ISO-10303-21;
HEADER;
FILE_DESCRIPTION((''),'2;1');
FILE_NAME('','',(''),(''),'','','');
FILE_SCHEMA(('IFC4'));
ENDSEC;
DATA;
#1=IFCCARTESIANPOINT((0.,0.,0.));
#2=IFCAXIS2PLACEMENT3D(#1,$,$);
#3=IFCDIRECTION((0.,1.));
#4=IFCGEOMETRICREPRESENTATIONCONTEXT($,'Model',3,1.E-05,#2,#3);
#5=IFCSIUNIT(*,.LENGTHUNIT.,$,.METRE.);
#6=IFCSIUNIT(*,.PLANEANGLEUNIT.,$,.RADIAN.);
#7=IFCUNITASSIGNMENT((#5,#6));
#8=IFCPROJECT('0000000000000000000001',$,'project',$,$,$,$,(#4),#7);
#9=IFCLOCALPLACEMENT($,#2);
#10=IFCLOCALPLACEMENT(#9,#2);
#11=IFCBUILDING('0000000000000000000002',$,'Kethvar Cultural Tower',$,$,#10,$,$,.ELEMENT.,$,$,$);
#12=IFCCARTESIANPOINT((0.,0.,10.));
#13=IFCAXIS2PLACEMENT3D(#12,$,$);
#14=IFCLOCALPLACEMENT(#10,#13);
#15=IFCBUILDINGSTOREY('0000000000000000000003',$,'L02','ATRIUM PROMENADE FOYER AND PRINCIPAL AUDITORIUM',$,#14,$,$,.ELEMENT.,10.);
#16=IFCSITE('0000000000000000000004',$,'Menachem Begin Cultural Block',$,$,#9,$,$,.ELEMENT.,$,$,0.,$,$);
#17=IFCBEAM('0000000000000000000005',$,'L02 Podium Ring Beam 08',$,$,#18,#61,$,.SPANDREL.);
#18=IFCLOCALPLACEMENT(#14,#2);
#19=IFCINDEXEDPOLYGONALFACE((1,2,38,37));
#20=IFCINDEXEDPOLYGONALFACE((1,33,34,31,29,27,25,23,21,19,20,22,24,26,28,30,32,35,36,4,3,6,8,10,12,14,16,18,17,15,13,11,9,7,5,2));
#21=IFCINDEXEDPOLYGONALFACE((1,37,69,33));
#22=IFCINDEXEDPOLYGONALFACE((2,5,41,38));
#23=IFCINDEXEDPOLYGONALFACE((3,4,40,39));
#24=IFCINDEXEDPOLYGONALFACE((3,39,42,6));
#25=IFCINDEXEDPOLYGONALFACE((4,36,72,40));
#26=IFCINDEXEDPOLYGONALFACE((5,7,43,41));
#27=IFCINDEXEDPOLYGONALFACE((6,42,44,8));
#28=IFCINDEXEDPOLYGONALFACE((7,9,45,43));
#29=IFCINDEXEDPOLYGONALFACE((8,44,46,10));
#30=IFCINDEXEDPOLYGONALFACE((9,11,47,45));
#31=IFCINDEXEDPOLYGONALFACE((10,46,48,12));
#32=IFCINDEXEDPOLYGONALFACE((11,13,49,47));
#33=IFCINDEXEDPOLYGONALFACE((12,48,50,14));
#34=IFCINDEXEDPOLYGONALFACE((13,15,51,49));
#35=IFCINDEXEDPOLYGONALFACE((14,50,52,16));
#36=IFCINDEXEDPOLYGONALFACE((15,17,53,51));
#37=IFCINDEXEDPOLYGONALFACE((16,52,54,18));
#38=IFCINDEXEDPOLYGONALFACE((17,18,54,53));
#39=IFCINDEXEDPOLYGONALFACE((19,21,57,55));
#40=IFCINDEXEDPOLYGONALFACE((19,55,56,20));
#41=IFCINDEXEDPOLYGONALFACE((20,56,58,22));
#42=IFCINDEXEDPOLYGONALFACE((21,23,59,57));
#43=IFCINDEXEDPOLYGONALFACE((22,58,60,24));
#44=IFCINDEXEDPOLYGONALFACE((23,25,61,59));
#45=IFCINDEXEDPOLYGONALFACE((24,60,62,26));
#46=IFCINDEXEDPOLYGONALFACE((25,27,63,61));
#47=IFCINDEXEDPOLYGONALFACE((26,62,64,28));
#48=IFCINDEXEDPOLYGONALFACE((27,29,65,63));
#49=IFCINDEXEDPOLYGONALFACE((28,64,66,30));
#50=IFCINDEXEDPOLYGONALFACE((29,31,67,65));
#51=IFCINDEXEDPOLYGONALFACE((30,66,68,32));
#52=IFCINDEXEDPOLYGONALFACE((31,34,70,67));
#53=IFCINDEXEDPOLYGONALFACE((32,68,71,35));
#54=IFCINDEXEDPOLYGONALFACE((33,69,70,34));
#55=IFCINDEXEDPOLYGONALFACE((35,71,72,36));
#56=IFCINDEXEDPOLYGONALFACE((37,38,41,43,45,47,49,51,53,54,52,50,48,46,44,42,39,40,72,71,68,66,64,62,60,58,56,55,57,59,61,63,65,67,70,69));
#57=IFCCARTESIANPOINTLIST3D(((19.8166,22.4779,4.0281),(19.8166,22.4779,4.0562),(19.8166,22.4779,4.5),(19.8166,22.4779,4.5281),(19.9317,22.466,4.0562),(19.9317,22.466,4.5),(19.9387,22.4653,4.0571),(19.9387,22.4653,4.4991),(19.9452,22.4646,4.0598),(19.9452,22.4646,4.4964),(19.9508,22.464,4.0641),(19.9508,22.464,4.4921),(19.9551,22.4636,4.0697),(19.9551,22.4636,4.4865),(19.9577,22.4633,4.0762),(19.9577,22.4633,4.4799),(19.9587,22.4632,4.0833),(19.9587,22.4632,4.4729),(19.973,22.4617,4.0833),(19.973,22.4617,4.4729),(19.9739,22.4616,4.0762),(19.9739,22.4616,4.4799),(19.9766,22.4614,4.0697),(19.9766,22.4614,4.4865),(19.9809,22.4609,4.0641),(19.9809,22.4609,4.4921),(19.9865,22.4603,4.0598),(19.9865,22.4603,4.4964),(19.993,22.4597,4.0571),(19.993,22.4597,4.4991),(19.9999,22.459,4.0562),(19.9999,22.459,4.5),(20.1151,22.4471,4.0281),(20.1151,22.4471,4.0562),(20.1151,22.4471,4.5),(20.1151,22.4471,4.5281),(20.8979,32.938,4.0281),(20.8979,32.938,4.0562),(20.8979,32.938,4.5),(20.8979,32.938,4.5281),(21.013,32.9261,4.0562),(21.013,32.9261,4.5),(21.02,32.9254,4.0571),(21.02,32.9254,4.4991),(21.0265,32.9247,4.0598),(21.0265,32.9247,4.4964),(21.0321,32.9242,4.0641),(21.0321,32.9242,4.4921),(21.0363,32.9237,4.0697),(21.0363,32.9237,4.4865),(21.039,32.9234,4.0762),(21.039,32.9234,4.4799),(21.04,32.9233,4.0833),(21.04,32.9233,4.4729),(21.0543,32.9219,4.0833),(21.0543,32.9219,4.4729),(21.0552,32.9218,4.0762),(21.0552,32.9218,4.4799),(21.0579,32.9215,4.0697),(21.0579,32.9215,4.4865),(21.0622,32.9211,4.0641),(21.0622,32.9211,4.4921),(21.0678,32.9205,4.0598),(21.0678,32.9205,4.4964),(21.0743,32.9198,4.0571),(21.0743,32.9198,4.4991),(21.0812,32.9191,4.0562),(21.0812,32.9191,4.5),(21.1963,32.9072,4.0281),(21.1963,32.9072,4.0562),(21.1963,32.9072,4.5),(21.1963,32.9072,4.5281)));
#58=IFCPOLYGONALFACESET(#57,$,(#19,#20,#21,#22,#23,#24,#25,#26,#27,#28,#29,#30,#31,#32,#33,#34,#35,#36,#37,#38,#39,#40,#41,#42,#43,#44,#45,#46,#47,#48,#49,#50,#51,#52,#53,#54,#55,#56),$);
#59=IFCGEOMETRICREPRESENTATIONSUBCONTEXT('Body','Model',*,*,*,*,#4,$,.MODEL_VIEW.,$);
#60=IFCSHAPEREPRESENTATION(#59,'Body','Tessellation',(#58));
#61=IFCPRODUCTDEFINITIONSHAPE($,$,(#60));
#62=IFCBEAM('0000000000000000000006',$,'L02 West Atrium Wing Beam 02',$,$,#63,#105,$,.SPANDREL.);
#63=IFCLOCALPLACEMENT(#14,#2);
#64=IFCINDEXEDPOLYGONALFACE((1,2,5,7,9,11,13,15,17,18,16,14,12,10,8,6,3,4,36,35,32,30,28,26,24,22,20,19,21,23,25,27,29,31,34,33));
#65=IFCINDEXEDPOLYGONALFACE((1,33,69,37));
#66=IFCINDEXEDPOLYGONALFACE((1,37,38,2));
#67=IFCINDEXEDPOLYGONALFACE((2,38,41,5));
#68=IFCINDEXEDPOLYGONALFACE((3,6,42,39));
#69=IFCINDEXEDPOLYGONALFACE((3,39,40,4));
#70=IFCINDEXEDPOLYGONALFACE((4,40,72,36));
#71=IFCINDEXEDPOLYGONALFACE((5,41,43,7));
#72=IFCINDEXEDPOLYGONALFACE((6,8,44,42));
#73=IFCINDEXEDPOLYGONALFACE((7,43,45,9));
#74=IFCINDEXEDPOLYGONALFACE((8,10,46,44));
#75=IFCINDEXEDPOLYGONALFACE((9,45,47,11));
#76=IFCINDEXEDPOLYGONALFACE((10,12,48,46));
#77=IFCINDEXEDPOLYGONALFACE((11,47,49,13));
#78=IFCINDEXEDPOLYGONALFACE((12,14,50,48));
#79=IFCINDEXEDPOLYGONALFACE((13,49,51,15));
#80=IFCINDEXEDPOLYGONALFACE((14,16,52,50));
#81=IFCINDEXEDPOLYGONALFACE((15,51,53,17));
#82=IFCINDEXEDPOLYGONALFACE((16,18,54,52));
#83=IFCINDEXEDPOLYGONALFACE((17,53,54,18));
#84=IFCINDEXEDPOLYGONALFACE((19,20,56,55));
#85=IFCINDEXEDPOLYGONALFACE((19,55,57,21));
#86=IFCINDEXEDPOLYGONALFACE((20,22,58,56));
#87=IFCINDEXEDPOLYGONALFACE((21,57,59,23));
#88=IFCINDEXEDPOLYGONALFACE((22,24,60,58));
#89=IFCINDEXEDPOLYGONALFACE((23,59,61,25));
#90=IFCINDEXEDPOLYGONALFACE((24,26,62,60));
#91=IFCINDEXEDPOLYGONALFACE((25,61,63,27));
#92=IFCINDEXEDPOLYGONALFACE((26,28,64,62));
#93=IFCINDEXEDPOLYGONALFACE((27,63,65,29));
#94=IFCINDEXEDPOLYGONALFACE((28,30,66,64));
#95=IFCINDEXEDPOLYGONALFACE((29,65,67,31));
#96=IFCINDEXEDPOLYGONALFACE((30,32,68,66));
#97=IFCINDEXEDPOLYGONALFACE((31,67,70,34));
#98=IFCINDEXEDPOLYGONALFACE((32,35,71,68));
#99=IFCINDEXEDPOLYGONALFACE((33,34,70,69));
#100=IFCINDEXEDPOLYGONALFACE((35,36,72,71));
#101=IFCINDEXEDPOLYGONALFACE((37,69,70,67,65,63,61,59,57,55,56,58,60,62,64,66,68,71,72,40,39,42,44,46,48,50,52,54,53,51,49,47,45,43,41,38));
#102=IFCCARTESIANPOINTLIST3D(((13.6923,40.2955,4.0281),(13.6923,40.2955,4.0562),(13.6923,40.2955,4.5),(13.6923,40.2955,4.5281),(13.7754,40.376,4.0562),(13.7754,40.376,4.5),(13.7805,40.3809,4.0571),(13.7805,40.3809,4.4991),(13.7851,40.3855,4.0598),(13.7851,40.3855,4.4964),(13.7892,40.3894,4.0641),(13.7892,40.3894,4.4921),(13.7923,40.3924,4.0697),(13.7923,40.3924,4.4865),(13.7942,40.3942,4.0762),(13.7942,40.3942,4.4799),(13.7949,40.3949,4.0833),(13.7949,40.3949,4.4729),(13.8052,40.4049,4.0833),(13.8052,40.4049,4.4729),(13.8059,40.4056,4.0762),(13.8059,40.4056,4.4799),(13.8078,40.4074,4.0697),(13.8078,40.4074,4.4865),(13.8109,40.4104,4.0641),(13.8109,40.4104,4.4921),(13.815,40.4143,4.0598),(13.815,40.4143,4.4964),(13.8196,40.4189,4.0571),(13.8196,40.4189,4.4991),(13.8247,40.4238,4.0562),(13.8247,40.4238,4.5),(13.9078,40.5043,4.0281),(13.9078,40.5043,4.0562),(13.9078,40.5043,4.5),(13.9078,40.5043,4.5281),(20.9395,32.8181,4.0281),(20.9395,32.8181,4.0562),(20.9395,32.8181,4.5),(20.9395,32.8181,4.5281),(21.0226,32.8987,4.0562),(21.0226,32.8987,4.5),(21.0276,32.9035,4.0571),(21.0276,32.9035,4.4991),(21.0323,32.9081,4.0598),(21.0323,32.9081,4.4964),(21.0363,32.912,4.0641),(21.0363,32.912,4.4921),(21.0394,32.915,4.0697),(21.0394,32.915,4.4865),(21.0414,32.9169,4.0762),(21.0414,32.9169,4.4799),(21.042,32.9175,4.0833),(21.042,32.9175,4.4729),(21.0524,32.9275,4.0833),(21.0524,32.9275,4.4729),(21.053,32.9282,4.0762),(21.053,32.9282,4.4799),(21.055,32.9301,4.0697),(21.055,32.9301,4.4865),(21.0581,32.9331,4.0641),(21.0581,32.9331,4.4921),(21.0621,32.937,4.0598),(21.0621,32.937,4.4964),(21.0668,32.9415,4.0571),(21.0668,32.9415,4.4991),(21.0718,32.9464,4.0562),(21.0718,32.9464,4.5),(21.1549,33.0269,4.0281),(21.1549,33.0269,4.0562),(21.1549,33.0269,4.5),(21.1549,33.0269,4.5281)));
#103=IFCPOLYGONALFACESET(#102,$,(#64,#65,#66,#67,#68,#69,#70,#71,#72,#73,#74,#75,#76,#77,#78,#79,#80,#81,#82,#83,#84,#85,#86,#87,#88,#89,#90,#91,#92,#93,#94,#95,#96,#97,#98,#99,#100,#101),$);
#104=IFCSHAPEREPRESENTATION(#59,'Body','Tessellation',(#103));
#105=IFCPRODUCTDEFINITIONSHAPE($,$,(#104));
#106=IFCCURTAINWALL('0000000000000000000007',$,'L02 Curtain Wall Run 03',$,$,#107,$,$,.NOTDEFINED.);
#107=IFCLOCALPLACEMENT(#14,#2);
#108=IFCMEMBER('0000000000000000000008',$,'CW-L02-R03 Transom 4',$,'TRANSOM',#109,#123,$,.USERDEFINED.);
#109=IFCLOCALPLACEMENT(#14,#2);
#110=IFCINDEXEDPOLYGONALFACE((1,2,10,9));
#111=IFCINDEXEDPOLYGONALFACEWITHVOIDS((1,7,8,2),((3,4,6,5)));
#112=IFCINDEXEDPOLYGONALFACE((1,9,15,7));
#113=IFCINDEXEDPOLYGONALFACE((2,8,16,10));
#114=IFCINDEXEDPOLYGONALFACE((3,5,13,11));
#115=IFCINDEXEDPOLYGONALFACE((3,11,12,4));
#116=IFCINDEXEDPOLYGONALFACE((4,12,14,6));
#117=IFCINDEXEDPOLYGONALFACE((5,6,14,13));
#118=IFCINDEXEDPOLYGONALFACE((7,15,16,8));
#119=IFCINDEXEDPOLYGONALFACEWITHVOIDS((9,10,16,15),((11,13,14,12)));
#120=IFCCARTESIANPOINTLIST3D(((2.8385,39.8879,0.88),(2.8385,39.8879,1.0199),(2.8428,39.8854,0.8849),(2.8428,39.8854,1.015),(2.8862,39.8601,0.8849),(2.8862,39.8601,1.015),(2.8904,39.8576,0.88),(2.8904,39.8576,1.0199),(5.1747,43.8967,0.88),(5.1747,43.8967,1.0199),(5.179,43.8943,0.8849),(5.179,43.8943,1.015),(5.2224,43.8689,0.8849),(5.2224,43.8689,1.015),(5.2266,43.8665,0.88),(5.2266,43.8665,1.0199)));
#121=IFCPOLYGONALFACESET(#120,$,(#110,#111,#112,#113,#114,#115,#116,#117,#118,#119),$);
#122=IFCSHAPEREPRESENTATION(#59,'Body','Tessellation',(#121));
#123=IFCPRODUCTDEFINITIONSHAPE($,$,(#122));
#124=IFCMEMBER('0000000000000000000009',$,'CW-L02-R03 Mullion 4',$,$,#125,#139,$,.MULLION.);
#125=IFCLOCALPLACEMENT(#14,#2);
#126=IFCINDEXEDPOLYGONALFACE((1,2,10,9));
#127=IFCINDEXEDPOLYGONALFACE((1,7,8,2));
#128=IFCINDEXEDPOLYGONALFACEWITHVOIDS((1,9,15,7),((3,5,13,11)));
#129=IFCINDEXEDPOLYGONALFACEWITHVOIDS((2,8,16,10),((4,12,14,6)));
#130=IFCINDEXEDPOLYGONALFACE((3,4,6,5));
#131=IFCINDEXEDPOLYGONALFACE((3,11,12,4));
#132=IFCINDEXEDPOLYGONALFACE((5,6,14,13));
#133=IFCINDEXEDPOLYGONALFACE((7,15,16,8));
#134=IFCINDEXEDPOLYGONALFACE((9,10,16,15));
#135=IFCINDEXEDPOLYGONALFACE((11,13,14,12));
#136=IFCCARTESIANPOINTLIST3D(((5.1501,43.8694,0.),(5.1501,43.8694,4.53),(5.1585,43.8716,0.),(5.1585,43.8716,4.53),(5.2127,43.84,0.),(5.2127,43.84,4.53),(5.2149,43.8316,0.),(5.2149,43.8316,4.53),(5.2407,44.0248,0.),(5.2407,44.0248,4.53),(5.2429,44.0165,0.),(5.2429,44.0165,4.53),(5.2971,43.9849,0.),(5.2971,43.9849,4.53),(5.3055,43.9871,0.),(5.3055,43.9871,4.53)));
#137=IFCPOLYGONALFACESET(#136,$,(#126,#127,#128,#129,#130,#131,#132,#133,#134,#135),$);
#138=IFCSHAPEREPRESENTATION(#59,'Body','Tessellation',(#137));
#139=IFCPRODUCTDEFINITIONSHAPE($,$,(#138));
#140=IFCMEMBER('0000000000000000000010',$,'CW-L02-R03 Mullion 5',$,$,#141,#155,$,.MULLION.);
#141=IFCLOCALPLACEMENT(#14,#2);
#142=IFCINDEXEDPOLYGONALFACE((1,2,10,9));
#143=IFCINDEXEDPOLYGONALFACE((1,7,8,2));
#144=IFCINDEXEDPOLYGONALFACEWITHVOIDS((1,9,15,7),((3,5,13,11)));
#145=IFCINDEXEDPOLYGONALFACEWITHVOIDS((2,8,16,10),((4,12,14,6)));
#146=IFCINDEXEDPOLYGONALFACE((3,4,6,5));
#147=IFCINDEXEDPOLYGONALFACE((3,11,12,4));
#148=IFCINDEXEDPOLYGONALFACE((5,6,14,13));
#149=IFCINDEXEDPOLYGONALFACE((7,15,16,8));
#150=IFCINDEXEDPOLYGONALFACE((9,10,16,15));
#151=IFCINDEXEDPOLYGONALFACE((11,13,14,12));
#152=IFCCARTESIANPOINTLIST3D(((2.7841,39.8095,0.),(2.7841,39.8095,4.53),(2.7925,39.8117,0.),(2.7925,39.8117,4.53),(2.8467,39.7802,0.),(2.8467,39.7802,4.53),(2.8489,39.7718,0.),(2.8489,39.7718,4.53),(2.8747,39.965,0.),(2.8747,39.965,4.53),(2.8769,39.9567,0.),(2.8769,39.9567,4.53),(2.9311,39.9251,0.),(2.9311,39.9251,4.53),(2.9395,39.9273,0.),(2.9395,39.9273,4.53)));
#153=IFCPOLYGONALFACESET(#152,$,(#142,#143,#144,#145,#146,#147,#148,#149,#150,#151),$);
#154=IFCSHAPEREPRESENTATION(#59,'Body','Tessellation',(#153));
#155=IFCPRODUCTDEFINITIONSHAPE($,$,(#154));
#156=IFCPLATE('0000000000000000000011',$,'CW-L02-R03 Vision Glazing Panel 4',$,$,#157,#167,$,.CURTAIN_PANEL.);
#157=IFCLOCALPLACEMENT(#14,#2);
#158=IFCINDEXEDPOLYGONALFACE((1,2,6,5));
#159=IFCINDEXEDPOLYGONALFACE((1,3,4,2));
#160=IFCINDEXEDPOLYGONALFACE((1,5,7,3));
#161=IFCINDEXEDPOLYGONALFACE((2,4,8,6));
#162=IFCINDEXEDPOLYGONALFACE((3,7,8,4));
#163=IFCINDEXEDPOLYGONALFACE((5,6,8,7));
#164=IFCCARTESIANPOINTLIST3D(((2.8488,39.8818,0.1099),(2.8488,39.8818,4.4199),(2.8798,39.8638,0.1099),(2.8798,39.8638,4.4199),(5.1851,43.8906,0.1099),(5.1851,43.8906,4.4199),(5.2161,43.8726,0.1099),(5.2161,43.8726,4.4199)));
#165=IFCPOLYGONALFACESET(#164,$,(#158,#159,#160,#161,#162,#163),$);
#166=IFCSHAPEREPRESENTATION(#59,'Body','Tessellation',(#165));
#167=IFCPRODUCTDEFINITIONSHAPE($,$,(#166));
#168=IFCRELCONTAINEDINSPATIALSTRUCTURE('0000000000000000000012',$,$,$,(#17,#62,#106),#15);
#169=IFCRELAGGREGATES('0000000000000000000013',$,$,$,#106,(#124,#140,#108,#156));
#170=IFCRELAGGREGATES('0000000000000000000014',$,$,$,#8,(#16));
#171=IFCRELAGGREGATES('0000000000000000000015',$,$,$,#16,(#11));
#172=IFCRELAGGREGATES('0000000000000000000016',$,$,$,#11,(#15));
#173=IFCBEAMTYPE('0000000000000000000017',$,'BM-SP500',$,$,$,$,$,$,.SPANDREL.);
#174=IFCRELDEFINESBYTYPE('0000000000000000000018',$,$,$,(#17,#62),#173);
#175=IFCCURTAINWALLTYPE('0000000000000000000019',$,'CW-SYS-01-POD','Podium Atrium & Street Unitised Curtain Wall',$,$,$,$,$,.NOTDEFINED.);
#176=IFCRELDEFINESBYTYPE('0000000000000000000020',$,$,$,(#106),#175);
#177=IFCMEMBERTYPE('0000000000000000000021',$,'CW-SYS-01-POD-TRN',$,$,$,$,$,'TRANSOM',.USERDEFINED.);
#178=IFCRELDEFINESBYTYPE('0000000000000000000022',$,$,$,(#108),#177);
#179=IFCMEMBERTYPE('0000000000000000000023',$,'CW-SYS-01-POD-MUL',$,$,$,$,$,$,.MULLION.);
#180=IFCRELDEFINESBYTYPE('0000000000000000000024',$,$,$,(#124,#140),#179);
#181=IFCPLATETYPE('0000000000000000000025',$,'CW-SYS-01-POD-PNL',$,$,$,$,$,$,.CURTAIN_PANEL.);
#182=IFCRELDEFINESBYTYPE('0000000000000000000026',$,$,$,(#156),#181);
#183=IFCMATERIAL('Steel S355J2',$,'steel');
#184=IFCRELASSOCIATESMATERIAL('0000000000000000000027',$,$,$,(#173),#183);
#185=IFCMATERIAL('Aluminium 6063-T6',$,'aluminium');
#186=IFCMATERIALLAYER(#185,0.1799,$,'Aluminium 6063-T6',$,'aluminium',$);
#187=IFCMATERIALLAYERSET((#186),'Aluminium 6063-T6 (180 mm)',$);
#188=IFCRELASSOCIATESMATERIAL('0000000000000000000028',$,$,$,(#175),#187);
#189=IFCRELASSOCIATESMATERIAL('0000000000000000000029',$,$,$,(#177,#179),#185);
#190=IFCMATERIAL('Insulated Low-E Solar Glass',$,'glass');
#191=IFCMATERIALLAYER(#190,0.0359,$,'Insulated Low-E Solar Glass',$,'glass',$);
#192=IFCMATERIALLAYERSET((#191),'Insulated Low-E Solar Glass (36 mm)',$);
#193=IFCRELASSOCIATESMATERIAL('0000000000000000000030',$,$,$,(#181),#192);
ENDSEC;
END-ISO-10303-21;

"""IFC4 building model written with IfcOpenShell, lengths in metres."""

from ifc_helpers import new_model, si_unit, direction, frame, origin, origin_2d, place, context, subcontext, project, spatial, rectangle, hollow_rectangle, i_section, extrude, source, transform, mapped, material, layer, layer_set, material_profile, profile_set, type_object, element, aggregate, save


model = new_model("IFC4")

# Units and contexts
model_context = context("Model", 3, precision=1e-05, world=origin(), true_north=direction((0.0, 1.0)))
body_context = subcontext(model_context, "Body", "Model", "MODEL_VIEW")
ifc_project = project(units=[si_unit("LENGTHUNIT", "METRE"), si_unit("PLANEANGLEUNIT", "RADIAN")], contexts=[model_context])

# Site, building, storey
site_placement = place(None, origin())
site = spatial("IfcSite", under=ifc_project, at=site_placement, Name="Menachem Begin Cultural Block", CompositionType="ELEMENT", RefElevation=0.0)
building_placement = place(site_placement, origin())
building = spatial("IfcBuilding", under=site, at=building_placement, Name="Kethvar Cultural Tower", CompositionType="ELEMENT")
storey_placement = place(building_placement, frame((0.0, 0.0, 10.0)))
storey = spatial("IfcBuildingStorey", under=building, at=storey_placement, Name="L02", Description="ATRIUM PROMENADE FOYER AND PRINCIPAL AUDITORIUM", CompositionType="ELEMENT", Elevation=10.0)

# Shared definitions
ifc_material_1 = material(Name="Steel S355J2", Category="steel")

# Beams
ifc_material_profile_1 = material_profile(ifc_material_1, i_section(OverallWidth=0.3, OverallDepth=0.5, WebThickness=0.0144, FlangeThickness=0.0281, FilletRadius=0.0271, at=origin_2d()), Name="Steel S355J2 — HEB500")
ifc_profile_set_1 = profile_set([ifc_material_profile_1], Name="Steel S355J2 — HEB500")
beam_type = type_object("IfcBeamType", Name="BM-SP500", PredefinedType="SPANDREL", material=ifc_profile_set_1)
shared_shape_1 = source(origin(), body_context, "Body", "SweptSolid", [
    extrude(i_section(OverallWidth=0.3, OverallDepth=0.5, WebThickness=0.0144, FlangeThickness=0.0281, FilletRadius=0.0271, at=origin_2d()), origin(), (0.0, 0.0, 1.0), 10.5159),
])
beam_1_placement = place(storey_placement, frame((21.0471, 32.9226, 4.2781), z_axis=(-0.102825, -0.994699, 0.0), x_axis=(0.994699, -0.102825, 0.0)))
element("IfcBeam", 1, at=beam_1_placement, inside=storey, type_object=beam_type, Name="L02 Podium Ring Beam 08", PredefinedType="SPANDREL", context=body_context, shape_type="MappedRepresentation", body=[
    mapped(shared_shape_1, transform((0.0, 0.0, 0.0), scale=1.0)),
])
shared_shape_2 = source(origin(), body_context, "Body", "SweptSolid", [
    extrude(i_section(OverallWidth=0.3, OverallDepth=0.5, WebThickness=0.0144, FlangeThickness=0.0281, FilletRadius=0.0271, at=origin_2d()), origin(), (0.0, 0.0, 1.0), 10.4131),
])
beam_2_placement = place(storey_placement, frame((13.8, 40.3999, 4.2781), z_axis=(0.695966, -0.718075, 0.0), x_axis=(0.718075, 0.695966, 0.0)))
element("IfcBeam", 2, at=beam_2_placement, inside=storey, type_object=beam_type, Name="L02 West Atrium Wing Beam 02", PredefinedType="SPANDREL", context=body_context, shape_type="MappedRepresentation", body=[
    mapped(shared_shape_2, transform((0.0, 0.0, 0.0), scale=1.0)),
])

# Curtain wall, members, plate
ifc_material_2 = material(Name="Aluminium 6063-T6", Category="aluminium")
ifc_layer_1 = layer(ifc_material_2, 0.1799, Name="Aluminium 6063-T6", Category="aluminium")
ifc_layer_set_1 = layer_set([ifc_layer_1], Name="Aluminium 6063-T6 (180 mm)")
curtain_wall_type = type_object("IfcCurtainWallType", Name="CW-SYS-01-POD", Description="Podium Atrium & Street Unitised Curtain Wall", PredefinedType="NOTDEFINED", material=ifc_layer_set_1)
curtain_wall_placement = place(storey_placement, origin())
curtain_wall = element("IfcCurtainWall", 3, at=curtain_wall_placement, inside=storey, type_object=curtain_wall_type, Name="L02 Curtain Wall Run 03", PredefinedType="NOTDEFINED")
ifc_material_profile_2 = material_profile(ifc_material_2, hollow_rectangle(XDim=0.0601, YDim=0.1399, WallThickness=0.0049, at=origin_2d()), Name="Aluminium 6063-T6 — RHS140x60x5")
ifc_profile_set_2 = profile_set([ifc_material_profile_2], Name="Aluminium 6063-T6 — RHS140x60x5")
member_type_1 = type_object("IfcMemberType", Name="CW-SYS-01-POD-TRN", ElementType="TRANSOM", PredefinedType="USERDEFINED", material=ifc_profile_set_2)
shared_shape_3 = source(origin(), body_context, "Body", "SweptSolid", [
    extrude(hollow_rectangle(XDim=0.0601, YDim=0.1399, WallThickness=0.0049, at=origin_2d()), origin(), (0.0, 0.0, 1.0), 4.6399),
])
member_1_placement = place(storey_placement, frame((5.2007, 43.8816, 0.95), z_axis=(-0.503505, -0.863993, 0.0), x_axis=(0.863993, -0.503505, 0.0)))
member_1 = element("IfcMember", 4, at=member_1_placement, type_object=member_type_1, Name="CW-L02-R03 Transom 4", ObjectType="TRANSOM", PredefinedType="USERDEFINED", context=body_context, shape_type="MappedRepresentation", body=[
    mapped(shared_shape_3, transform((0.0, 0.0, 0.0), scale=1.0)),
])
ifc_material_profile_3 = material_profile(ifc_material_2, hollow_rectangle(XDim=0.075, YDim=0.1799, WallThickness=0.0061, at=origin_2d()), Name="Aluminium 6063-T6 — RHS180x75x6")
ifc_profile_set_3 = profile_set([ifc_material_profile_3], Name="Aluminium 6063-T6 — RHS180x75x6")
member_type_2 = type_object("IfcMemberType", Name="CW-SYS-01-POD-MUL", PredefinedType="MULLION", material=ifc_profile_set_3)
shared_shape_4 = source(origin(), body_context, "Body", "SweptSolid", [
    extrude(hollow_rectangle(XDim=0.075, YDim=0.1799, WallThickness=0.0061, at=origin_2d()), origin(), (0.0, 0.0, 1.0), 4.53),
])
member_2_placement = place(storey_placement, frame((5.2278, 43.9282, 0.0), z_axis=(0.0, 0.0, 1.0), x_axis=(0.863985, -0.503518, 0.0)))
member_2 = element("IfcMember", 5, at=member_2_placement, type_object=member_type_2, Name="CW-L02-R03 Mullion 4", PredefinedType="MULLION", context=body_context, shape_type="MappedRepresentation", body=[
    mapped(shared_shape_4, transform((0.0, 0.0, 0.0), scale=1.0)),
])
member_3_placement = place(storey_placement, frame((2.8618, 39.8684, 0.0), z_axis=(0.0, 0.0, 1.0), x_axis=(0.863985, -0.503518, 0.0)))
member_3 = element("IfcMember", 6, at=member_3_placement, type_object=member_type_2, Name="CW-L02-R03 Mullion 5", PredefinedType="MULLION", context=body_context, shape_type="MappedRepresentation", body=[
    mapped(shared_shape_4, transform((0.0, 0.0, 0.0), scale=1.0)),
])
ifc_material_3 = material(Name="Insulated Low-E Solar Glass", Category="glass")
ifc_layer_2 = layer(ifc_material_3, 0.0359, Name="Insulated Low-E Solar Glass", Category="glass")
ifc_layer_set_2 = layer_set([ifc_layer_2], Name="Insulated Low-E Solar Glass (36 mm)")
plate_type = type_object("IfcPlateType", Name="CW-SYS-01-POD-PNL", PredefinedType="CURTAIN_PANEL", material=ifc_layer_set_2)
shared_shape_5 = source(origin(), body_context, "Body", "SweptSolid", [
    extrude(rectangle(XDim=4.6399, YDim=0.0359, at=origin_2d()), origin(), (0.0, 0.0, 1.0), 4.3101),
])
plate_placement = place(storey_placement, frame((4.0325, 41.8772, 0.1099), z_axis=(0.0, 0.0, 1.0), x_axis=(-0.503518, -0.863985, 0.0)))
plate = element("IfcPlate", 7, at=plate_placement, type_object=plate_type, Name="CW-L02-R03 Vision Glazing Panel 4", PredefinedType="CURTAIN_PANEL", context=body_context, shape_type="MappedRepresentation", body=[
    mapped(shared_shape_5, transform((0.0, 0.0, 0.0), scale=1.0)),
])
aggregate(curtain_wall, [member_2, member_3, member_1, plate])

save(model, "model.ifc")
